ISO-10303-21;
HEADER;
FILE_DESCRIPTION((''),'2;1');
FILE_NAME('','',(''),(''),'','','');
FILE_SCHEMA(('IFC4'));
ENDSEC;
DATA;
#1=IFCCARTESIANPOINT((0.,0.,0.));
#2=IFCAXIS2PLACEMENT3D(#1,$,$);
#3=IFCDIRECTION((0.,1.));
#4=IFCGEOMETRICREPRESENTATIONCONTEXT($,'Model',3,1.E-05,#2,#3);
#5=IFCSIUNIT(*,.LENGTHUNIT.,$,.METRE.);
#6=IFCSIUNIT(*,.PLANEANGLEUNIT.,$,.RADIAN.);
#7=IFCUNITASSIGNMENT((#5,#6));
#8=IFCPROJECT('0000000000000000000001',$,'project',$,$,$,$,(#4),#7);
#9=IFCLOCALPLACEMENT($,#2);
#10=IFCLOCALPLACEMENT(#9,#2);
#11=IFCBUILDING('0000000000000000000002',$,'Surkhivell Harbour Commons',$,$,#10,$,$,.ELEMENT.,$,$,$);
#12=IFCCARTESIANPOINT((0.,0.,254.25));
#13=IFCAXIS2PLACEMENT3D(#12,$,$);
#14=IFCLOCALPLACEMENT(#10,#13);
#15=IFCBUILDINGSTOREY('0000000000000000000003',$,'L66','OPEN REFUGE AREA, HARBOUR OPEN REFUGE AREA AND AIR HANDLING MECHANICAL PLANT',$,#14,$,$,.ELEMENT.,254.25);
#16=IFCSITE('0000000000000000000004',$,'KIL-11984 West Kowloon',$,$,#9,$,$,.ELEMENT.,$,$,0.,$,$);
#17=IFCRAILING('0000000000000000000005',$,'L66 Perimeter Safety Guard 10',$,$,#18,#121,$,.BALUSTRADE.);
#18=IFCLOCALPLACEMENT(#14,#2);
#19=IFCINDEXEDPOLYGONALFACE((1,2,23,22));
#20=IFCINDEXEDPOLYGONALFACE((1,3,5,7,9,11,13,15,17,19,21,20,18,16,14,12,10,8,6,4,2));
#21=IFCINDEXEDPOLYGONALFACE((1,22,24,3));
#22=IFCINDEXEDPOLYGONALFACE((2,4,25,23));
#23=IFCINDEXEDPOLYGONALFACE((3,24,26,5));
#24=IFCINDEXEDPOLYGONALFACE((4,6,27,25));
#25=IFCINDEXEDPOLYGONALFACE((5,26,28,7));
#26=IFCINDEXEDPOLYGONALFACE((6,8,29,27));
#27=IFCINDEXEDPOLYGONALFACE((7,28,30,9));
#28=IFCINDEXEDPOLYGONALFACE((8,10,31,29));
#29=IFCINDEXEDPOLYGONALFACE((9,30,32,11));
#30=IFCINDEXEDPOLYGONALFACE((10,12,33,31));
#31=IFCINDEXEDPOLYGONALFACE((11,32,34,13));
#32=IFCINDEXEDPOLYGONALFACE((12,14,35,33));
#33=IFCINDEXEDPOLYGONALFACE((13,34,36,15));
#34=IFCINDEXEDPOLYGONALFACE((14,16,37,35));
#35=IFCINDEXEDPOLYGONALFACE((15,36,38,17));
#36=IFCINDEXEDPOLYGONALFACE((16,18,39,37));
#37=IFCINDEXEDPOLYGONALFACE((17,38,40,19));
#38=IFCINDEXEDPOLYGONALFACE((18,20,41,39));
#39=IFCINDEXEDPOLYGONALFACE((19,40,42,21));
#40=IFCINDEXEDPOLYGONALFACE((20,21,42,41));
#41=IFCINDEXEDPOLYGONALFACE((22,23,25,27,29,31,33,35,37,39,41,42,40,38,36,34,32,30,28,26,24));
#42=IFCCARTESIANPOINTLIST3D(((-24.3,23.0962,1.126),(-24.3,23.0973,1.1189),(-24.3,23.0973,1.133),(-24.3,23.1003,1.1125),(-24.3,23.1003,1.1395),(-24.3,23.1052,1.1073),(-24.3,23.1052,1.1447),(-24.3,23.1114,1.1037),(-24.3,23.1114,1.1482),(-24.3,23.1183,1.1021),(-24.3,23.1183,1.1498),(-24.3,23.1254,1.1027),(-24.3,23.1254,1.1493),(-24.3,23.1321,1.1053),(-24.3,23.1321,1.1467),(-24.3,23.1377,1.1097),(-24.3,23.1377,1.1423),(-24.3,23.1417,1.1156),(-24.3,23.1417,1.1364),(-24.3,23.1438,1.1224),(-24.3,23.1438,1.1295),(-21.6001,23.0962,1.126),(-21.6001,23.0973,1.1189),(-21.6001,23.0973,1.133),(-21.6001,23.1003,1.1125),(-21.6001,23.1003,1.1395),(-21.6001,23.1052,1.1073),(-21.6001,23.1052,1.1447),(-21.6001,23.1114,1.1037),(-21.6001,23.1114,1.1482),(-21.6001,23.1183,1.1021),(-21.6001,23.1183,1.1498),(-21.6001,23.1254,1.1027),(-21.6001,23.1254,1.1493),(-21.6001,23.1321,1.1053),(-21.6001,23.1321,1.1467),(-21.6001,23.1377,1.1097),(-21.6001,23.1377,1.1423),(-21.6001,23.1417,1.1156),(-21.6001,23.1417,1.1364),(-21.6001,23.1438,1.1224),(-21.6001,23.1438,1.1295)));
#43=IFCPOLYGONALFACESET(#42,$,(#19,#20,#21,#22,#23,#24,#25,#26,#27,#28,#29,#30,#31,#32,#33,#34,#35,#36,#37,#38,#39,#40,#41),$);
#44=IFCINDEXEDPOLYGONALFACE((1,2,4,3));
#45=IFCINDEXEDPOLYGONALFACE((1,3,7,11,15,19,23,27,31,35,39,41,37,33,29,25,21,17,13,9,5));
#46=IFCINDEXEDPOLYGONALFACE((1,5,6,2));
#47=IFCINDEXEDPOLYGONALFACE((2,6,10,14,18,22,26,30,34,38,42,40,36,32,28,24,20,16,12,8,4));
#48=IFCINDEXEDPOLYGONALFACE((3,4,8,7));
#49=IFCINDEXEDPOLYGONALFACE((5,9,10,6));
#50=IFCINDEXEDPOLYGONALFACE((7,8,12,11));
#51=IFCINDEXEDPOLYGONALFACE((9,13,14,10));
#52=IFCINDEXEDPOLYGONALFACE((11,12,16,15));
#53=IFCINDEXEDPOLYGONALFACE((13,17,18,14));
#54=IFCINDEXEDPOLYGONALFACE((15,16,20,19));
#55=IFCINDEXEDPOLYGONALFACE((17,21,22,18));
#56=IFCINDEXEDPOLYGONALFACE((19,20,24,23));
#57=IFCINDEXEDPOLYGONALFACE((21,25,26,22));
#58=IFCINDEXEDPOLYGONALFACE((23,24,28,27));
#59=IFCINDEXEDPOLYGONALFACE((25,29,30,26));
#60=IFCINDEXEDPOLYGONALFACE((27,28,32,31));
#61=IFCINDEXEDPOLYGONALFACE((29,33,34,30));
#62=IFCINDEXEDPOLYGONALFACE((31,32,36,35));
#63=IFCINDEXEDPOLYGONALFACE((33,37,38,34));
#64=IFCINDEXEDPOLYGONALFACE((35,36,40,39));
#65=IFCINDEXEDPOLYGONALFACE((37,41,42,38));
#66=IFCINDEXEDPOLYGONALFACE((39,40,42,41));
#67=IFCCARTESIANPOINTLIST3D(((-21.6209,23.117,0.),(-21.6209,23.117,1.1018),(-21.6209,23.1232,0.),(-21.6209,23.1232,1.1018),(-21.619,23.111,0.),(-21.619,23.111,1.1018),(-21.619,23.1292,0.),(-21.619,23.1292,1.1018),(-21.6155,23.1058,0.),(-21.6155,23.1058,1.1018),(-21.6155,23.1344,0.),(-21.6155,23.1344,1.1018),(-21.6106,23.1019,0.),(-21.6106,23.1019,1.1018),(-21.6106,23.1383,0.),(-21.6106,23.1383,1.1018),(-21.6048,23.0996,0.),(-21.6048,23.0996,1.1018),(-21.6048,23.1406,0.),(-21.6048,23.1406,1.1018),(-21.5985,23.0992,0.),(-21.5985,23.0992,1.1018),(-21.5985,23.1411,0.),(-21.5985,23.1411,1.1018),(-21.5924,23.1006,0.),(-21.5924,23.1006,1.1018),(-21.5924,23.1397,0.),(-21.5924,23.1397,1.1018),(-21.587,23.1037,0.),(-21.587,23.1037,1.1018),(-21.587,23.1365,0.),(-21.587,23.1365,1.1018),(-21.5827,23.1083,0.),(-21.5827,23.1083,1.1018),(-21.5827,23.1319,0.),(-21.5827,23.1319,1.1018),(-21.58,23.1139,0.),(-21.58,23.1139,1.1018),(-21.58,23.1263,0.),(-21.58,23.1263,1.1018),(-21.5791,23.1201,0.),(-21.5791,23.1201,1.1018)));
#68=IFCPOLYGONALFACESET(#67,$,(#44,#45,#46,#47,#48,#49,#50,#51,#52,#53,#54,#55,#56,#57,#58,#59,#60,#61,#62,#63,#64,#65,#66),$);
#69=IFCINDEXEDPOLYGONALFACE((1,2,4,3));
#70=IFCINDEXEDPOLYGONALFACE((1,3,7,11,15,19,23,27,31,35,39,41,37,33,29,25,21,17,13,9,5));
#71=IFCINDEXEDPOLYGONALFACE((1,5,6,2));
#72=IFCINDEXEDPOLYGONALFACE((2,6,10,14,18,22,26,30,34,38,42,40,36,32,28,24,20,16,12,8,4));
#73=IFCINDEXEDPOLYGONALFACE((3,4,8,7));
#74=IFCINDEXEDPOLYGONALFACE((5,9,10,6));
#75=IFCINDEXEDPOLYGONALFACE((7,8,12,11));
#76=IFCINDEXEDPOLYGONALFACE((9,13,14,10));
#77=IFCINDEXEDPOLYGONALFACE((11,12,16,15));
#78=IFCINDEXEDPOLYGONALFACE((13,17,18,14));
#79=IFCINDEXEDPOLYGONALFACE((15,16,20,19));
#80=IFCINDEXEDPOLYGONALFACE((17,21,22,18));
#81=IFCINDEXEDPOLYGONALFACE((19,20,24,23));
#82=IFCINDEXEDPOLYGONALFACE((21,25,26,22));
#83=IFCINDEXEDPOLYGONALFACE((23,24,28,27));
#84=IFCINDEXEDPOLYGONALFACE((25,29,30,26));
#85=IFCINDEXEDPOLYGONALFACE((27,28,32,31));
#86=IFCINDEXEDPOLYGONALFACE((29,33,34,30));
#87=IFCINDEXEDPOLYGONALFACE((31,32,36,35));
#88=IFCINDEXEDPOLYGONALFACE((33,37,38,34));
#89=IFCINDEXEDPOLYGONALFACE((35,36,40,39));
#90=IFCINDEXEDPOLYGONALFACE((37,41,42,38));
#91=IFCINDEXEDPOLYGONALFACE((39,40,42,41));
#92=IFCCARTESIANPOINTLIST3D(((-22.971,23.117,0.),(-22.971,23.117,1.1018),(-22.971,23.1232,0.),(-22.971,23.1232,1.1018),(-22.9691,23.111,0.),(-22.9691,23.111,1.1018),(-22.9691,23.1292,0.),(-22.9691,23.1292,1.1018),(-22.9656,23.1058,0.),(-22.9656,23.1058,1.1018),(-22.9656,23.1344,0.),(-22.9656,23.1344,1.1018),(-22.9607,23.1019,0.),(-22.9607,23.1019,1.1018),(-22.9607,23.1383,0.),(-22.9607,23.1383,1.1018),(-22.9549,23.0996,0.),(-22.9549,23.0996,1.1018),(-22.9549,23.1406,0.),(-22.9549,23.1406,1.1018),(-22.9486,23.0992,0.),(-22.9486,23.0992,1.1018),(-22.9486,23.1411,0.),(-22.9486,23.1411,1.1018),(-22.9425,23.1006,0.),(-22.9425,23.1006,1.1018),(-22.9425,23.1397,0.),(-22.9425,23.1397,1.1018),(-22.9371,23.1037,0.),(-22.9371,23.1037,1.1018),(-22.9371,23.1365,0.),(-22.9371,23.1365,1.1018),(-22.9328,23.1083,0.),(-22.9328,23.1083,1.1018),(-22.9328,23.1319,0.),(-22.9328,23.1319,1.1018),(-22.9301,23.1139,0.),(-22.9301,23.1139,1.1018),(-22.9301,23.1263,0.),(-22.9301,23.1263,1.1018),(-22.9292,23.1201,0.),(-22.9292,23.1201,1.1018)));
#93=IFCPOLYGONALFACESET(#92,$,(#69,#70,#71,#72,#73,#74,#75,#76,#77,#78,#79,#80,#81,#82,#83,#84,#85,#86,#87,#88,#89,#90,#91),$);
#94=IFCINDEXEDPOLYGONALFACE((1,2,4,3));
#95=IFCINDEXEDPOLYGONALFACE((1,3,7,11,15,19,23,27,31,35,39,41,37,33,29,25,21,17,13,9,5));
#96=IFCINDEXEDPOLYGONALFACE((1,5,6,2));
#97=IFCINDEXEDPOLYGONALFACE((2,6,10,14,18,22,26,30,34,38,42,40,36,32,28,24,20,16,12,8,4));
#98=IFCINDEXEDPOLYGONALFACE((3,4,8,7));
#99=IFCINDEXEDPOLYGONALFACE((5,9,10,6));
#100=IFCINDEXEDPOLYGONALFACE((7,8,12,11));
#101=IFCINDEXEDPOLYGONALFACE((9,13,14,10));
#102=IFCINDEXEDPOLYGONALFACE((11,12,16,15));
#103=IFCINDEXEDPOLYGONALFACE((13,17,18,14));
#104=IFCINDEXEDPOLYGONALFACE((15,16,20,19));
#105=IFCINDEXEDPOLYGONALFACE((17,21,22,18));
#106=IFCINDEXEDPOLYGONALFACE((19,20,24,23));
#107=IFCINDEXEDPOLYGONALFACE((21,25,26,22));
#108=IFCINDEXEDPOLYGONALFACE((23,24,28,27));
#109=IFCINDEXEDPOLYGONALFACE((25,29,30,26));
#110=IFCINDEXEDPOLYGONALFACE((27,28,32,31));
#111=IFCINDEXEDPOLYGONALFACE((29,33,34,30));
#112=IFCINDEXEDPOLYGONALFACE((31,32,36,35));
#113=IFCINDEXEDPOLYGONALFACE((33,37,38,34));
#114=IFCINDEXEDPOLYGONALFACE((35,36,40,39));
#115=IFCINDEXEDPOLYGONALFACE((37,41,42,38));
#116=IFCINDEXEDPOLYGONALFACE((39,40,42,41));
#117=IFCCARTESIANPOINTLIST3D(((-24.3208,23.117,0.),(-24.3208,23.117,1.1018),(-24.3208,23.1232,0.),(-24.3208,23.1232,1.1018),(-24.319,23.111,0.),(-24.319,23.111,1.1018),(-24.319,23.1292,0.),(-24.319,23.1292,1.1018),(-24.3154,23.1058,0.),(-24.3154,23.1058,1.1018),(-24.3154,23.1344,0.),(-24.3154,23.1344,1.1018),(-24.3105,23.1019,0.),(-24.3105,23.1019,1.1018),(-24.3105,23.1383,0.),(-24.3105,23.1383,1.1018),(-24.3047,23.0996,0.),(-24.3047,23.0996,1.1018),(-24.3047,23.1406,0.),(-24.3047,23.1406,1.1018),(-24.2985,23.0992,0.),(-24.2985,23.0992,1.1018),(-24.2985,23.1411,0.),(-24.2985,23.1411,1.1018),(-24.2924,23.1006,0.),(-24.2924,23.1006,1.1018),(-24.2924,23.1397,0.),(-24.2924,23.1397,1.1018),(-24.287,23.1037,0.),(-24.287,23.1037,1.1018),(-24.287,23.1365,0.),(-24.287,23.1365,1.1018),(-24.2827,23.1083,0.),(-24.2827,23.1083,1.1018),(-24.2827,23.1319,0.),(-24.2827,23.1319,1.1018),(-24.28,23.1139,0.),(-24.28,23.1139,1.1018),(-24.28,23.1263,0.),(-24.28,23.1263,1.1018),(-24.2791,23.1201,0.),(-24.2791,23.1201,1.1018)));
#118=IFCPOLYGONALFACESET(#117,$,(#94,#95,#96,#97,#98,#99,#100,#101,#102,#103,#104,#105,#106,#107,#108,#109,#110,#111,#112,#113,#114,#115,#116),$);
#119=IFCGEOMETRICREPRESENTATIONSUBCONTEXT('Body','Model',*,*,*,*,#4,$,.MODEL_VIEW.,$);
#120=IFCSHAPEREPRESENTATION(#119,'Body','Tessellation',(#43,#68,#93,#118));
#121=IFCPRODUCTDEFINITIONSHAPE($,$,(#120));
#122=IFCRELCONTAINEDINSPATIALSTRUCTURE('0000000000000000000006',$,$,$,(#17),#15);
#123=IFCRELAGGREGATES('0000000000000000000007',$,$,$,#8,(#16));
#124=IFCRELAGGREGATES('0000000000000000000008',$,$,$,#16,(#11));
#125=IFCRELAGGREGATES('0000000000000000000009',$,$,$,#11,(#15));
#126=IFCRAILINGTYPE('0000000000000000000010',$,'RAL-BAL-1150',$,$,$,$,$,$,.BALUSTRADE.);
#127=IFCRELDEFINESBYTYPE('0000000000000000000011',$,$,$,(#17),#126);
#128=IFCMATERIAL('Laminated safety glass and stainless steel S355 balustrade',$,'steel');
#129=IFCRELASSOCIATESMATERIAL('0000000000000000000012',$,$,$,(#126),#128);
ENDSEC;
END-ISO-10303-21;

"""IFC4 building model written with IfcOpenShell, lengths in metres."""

from ifc_helpers import new_model, si_unit, direction, frame, origin, origin_2d, place, context, subcontext, project, spatial, circle, extrude, material, type_object, element, save


model = new_model("IFC4")

# Units and contexts
model_context = context("Model", 3, precision=1e-05, world=origin(), true_north=direction((0.0, 1.0)))
body_context = subcontext(model_context, "Body", "Model", "MODEL_VIEW")
ifc_project = project(units=[si_unit("LENGTHUNIT", "METRE"), si_unit("PLANEANGLEUNIT", "RADIAN")], contexts=[model_context])

# Site, building, storey
site_placement = place(None, origin())
site = spatial("IfcSite", under=ifc_project, at=site_placement, Name="KIL-11984 West Kowloon", CompositionType="ELEMENT", RefElevation=0.0)
building_placement = place(site_placement, origin())
building = spatial("IfcBuilding", under=site, at=building_placement, Name="Surkhivell Harbour Commons", CompositionType="ELEMENT")
storey_placement = place(building_placement, frame((0.0, 0.0, 254.25)))
storey = spatial("IfcBuildingStorey", under=building, at=storey_placement, Name="L66", Description="OPEN REFUGE AREA, HARBOUR OPEN REFUGE AREA AND AIR HANDLING MECHANICAL PLANT", CompositionType="ELEMENT", Elevation=254.25)

# Railing
ifc_material_1 = material(Name="Laminated safety glass and stainless steel S355 balustrade", Category="steel")
railing_type = type_object("IfcRailingType", Name="RAL-BAL-1150", PredefinedType="BALUSTRADE", material=ifc_material_1)
railing_1_placement = place(storey_placement, frame((-21.6001, 23.1201, 0.0)))
element("IfcRailing", 1, at=railing_1_placement, inside=storey, type_object=railing_type, Name="L66 Perimeter Safety Guard 10", PredefinedType="BALUSTRADE", context=body_context, shape_type="SweptSolid", body=[
    extrude(circle(Radius=0.0239, at=origin_2d()), frame((0.0, 0.0, 1.126), z_axis=(-1.0, 0.0, 0.0), x_axis=(0.0, -1.0, 0.0)), (0.0, 0.0, 1.0), 2.7),
    extrude(circle(Radius=0.021, at=origin_2d()), origin(), (0.0, 0.0, 1.0), 1.1018),
    extrude(circle(Radius=0.021, at=origin_2d()), frame((-1.3501, 0.0, 0.0)), (0.0, 0.0, 1.0), 1.1018),
    extrude(circle(Radius=0.021, at=origin_2d()), frame((-2.7, 0.0, 0.0)), (0.0, 0.0, 1.0), 1.1018),
])

save(model, "model.ifc")
